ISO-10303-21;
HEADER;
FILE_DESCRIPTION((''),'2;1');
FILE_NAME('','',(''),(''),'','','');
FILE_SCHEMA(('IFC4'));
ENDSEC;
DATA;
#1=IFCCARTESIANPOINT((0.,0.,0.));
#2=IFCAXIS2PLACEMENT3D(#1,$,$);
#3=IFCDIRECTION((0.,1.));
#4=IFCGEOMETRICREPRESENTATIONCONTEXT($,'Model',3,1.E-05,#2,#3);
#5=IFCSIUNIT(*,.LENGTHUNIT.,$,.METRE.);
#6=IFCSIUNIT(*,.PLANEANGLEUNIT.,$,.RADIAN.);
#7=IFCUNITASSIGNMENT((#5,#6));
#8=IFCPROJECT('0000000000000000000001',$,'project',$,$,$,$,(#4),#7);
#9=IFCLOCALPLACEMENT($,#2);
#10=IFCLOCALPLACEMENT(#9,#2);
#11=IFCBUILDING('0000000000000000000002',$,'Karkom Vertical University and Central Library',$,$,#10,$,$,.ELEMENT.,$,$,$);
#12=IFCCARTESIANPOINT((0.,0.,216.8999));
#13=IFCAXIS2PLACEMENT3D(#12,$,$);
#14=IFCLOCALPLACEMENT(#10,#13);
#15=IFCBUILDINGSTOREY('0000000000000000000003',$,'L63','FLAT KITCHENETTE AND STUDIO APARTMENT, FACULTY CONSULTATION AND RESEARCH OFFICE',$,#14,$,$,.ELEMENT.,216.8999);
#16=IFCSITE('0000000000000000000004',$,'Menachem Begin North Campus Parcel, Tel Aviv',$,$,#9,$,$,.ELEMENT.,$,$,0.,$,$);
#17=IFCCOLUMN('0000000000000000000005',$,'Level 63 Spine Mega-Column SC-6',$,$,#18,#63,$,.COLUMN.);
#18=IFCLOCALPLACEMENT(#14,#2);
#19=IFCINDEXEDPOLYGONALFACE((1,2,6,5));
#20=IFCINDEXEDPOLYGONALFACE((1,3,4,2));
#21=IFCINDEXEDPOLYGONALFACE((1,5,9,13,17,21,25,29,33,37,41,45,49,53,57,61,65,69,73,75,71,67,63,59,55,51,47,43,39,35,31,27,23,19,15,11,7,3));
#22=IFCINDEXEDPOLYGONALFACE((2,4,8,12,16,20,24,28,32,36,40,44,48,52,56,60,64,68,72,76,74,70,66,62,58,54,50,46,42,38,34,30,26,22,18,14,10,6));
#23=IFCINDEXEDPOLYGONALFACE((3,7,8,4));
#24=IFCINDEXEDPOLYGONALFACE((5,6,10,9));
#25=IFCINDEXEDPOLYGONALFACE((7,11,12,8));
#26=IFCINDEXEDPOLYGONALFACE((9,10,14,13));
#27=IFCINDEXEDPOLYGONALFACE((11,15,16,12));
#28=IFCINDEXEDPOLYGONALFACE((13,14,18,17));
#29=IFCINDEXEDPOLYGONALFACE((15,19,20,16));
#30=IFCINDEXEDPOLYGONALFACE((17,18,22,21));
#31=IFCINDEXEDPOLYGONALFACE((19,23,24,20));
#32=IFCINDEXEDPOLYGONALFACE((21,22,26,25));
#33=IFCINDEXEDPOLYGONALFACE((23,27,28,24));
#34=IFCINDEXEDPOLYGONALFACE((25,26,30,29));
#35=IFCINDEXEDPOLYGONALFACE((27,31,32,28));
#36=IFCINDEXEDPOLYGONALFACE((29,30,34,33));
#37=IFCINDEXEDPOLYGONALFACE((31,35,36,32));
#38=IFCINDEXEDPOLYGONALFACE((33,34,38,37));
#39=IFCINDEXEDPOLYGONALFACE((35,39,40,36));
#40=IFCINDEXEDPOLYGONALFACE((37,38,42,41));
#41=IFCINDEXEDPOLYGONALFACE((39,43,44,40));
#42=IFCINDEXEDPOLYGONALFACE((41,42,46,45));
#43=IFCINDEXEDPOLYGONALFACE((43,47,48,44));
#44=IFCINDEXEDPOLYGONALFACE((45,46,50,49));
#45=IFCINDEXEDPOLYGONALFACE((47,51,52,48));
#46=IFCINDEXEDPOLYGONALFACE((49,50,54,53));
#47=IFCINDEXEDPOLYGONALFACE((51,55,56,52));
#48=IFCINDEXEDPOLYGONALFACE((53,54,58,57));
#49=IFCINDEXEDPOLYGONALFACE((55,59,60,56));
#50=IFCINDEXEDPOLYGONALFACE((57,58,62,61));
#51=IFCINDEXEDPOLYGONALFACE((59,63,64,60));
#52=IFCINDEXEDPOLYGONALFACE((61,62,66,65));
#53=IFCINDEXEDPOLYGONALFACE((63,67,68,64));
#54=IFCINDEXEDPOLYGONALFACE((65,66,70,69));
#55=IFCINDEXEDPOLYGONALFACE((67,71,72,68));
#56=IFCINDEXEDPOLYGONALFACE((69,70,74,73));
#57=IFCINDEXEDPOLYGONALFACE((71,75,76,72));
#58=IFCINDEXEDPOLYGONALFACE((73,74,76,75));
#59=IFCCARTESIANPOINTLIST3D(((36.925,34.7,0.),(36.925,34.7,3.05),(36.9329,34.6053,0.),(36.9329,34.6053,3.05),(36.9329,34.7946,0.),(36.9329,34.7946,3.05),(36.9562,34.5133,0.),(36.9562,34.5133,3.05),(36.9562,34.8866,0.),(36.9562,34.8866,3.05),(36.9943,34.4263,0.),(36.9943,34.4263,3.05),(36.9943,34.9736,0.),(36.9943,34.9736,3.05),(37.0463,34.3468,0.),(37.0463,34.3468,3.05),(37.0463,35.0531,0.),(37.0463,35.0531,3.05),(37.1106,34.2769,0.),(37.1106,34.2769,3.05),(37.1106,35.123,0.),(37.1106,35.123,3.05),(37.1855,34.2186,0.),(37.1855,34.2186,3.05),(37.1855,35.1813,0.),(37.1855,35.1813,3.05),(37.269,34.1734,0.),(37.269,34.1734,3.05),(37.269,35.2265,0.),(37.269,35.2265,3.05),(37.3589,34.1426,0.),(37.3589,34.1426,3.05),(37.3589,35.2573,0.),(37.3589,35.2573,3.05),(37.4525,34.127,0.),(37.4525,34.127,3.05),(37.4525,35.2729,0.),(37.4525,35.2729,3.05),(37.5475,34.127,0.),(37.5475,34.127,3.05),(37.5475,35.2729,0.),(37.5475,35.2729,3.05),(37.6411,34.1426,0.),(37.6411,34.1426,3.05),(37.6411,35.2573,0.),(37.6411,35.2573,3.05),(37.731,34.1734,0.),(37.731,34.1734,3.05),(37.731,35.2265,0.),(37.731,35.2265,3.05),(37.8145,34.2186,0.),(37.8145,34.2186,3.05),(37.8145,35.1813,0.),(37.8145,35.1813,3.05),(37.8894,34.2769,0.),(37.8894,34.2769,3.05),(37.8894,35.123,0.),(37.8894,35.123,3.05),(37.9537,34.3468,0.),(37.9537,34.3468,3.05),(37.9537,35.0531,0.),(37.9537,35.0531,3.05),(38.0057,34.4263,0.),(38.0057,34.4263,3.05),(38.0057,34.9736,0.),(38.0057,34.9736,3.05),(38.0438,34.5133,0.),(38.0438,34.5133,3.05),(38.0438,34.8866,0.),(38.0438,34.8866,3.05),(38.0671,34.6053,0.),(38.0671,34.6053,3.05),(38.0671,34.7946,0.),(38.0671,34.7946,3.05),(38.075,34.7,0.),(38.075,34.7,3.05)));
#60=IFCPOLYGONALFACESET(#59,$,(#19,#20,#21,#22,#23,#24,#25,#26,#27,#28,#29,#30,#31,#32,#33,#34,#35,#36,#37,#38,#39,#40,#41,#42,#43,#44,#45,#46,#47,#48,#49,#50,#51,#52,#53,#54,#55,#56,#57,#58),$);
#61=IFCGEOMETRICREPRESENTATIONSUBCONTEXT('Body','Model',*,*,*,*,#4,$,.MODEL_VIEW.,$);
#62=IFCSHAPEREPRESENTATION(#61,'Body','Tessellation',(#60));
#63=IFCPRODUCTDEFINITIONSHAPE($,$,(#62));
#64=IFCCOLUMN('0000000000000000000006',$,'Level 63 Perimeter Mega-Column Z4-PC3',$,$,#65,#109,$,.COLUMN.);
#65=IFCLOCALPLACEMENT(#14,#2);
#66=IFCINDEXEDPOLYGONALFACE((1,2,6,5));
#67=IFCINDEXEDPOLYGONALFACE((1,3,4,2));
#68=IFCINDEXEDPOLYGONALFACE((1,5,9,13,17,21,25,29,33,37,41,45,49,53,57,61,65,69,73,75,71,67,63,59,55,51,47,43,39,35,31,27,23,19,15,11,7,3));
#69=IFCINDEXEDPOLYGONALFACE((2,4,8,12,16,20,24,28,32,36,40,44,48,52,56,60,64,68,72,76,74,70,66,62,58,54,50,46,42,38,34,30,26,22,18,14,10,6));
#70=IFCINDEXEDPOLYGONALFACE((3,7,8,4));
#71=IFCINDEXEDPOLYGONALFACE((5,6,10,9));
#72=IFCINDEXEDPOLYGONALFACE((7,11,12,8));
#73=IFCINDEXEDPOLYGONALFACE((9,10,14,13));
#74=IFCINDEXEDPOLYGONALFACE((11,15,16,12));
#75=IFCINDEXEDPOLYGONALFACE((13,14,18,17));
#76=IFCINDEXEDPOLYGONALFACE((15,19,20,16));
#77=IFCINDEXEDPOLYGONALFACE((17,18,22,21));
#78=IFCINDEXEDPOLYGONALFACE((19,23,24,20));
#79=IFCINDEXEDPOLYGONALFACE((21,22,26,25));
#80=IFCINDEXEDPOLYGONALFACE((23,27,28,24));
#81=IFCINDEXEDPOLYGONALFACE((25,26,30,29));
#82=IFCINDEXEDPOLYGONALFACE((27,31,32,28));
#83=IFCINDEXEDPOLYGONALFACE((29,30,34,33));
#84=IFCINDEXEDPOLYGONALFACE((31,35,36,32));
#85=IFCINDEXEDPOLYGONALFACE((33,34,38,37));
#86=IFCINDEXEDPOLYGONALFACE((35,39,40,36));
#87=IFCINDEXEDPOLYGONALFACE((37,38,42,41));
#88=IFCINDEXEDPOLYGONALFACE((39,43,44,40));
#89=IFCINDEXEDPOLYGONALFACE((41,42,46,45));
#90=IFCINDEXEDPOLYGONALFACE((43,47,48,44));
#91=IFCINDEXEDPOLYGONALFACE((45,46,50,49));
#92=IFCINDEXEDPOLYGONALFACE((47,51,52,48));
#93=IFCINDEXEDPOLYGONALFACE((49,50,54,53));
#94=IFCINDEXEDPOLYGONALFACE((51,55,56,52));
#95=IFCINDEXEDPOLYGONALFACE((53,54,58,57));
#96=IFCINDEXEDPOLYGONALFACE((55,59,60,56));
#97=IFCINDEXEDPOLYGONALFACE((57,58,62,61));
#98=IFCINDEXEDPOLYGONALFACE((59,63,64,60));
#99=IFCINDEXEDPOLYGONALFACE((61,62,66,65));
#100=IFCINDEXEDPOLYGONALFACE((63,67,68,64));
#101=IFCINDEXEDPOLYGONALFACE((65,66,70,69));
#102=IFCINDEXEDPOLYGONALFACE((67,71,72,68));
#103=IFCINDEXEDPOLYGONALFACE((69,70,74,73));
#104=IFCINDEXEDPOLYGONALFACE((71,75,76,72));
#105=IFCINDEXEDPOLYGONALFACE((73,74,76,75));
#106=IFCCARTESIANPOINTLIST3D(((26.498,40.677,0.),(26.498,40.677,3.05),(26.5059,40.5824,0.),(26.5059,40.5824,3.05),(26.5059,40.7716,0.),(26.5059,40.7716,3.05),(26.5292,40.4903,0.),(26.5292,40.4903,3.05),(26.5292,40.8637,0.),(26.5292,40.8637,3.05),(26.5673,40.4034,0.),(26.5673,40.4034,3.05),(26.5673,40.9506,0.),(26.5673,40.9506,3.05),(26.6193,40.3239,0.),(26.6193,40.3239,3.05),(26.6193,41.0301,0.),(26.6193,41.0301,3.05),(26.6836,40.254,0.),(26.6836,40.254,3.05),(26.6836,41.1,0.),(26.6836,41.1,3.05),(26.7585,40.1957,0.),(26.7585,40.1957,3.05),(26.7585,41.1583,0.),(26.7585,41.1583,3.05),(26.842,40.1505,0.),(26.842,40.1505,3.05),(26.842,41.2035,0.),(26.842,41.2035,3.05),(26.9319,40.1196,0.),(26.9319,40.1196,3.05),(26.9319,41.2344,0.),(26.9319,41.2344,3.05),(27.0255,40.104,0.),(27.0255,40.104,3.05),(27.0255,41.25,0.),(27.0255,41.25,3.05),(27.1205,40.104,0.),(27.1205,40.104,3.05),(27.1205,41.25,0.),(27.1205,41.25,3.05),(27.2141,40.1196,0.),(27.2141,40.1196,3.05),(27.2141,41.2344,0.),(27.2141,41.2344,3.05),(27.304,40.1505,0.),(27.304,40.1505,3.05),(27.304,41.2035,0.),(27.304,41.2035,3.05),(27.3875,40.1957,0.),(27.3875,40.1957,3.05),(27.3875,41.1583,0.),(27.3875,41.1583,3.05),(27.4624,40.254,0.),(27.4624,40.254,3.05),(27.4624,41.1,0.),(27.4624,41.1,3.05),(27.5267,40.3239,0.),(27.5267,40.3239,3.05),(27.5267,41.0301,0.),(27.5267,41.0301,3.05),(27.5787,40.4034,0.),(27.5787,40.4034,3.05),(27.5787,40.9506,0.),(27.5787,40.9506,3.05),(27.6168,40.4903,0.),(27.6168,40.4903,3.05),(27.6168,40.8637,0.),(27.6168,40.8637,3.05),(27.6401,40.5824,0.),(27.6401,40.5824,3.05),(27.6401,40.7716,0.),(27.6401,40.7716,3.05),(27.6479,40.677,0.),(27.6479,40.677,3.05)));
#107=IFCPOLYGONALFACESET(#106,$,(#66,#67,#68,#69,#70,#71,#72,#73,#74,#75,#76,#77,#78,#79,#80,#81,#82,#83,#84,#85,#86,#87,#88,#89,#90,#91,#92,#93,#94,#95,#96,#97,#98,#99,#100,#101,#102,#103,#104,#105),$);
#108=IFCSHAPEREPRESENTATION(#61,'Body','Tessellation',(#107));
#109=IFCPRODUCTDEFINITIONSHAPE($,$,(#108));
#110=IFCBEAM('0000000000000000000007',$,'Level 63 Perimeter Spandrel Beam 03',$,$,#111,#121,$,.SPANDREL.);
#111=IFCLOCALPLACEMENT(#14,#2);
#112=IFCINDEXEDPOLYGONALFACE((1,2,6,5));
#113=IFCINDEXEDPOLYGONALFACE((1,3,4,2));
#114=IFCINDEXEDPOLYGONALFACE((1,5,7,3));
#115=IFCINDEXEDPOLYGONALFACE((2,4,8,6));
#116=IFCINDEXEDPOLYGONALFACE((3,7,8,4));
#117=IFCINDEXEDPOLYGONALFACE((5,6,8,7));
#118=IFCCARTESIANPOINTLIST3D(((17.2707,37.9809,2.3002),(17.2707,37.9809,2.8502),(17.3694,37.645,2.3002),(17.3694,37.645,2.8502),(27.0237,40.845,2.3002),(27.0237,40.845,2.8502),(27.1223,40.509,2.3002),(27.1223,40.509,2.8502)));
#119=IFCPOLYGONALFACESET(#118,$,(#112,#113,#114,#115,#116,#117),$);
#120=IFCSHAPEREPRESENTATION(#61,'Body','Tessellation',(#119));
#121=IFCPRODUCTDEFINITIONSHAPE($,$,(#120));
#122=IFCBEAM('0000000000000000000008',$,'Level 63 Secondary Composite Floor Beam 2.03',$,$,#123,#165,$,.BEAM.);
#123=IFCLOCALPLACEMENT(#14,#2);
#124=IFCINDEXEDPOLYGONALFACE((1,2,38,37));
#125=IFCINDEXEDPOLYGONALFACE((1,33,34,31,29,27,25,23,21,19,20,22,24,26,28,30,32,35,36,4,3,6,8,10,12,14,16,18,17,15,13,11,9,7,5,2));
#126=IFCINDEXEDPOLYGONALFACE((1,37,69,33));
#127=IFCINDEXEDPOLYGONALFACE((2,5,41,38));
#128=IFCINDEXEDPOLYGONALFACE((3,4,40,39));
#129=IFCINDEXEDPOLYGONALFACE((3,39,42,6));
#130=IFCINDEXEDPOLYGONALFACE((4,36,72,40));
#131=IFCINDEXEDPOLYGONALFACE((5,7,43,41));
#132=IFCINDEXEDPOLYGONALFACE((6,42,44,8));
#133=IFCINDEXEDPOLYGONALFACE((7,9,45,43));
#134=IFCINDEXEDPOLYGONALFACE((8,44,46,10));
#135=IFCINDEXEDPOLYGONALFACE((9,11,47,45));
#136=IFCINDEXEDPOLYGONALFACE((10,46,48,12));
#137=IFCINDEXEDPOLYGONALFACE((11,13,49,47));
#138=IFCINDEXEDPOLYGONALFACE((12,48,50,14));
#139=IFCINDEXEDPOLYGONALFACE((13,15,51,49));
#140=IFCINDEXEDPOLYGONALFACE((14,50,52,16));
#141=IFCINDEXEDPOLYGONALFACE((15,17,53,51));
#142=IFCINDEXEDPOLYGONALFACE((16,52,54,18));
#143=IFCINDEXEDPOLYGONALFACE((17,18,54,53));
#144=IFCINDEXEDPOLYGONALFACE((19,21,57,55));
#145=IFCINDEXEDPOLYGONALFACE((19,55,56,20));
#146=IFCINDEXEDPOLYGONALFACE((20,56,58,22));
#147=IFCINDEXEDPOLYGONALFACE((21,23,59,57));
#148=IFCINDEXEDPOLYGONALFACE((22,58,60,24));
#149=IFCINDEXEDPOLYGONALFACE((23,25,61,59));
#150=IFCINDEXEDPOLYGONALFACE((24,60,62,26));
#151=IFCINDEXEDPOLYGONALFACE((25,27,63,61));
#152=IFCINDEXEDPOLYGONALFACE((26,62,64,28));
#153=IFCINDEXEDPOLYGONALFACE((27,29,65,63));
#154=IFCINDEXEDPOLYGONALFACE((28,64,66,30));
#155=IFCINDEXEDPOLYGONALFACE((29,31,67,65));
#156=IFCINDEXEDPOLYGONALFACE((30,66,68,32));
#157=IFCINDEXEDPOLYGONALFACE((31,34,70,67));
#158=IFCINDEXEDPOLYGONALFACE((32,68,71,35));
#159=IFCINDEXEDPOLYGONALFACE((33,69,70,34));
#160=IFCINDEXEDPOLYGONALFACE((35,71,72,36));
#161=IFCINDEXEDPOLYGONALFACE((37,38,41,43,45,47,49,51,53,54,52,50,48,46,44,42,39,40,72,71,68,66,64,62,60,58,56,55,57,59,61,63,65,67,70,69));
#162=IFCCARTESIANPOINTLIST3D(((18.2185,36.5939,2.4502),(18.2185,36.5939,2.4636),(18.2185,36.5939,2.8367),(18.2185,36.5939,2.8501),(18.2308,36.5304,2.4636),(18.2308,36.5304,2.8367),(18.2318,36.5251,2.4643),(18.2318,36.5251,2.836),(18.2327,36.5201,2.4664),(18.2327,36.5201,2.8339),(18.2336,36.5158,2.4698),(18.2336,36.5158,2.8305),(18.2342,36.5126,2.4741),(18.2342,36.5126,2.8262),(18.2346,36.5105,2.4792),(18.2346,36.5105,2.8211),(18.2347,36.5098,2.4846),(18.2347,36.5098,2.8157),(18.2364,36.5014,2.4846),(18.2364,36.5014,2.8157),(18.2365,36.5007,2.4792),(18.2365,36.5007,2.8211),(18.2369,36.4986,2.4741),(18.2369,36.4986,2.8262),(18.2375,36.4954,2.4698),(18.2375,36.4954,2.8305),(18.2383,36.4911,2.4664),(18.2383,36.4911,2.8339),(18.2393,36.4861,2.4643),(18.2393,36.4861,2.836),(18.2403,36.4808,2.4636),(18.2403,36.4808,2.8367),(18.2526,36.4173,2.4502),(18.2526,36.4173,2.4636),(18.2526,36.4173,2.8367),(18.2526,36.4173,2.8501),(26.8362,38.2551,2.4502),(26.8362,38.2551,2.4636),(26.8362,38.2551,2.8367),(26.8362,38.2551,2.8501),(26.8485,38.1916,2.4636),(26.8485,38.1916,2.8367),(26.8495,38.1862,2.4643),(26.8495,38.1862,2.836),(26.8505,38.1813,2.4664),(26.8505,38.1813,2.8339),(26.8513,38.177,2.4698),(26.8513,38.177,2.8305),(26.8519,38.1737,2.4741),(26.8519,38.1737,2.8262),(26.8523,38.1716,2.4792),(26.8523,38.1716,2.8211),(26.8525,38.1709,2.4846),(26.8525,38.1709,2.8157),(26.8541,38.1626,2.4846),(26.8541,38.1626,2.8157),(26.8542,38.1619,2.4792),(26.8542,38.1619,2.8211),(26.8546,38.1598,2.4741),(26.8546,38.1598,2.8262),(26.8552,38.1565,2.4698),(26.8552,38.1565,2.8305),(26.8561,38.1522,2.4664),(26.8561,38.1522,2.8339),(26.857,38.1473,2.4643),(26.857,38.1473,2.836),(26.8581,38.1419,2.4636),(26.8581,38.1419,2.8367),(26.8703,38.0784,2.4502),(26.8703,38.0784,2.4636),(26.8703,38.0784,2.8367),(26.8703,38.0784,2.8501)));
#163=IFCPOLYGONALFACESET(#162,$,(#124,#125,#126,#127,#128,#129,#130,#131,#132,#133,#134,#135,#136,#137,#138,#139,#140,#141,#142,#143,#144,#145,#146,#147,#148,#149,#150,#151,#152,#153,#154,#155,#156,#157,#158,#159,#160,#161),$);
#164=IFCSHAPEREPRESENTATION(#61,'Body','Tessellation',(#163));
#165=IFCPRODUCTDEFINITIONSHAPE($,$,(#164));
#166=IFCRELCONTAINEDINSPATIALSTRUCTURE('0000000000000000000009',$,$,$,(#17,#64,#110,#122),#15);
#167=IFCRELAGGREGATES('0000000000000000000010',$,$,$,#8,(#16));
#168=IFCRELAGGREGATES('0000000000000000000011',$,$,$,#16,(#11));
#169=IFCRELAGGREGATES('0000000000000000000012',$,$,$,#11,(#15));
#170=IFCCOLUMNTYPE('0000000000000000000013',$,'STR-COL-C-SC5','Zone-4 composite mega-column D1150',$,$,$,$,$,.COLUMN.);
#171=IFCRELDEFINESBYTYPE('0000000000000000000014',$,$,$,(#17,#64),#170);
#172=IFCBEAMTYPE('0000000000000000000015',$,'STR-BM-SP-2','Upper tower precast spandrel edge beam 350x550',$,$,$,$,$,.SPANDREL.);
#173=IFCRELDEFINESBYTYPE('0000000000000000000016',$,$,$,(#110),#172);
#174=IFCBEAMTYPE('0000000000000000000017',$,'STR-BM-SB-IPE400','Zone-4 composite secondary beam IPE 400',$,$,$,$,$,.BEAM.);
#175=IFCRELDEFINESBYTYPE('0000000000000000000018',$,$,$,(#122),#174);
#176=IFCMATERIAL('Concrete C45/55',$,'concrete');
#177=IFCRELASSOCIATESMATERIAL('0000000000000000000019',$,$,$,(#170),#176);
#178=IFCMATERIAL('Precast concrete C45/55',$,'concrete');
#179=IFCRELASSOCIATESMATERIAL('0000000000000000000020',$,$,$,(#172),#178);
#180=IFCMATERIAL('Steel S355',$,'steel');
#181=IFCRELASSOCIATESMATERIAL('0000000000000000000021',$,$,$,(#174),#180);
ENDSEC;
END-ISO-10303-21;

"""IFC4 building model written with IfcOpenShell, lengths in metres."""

from ifc_helpers import new_model, si_unit, direction, frame, origin, origin_with_axes, origin_2d, place, context, subcontext, project, spatial, rectangle, circle, i_section, extrude, source, transform, mapped, material, material_profile, profile_set, type_object, element, save


model = new_model("IFC4")

# Units and contexts
model_context = context("Model", 3, precision=1e-05, world=origin(), true_north=direction((0.0, 1.0)))
body_context = subcontext(model_context, "Body", "Model", "MODEL_VIEW")
ifc_project = project(units=[si_unit("LENGTHUNIT", "METRE"), si_unit("PLANEANGLEUNIT", "RADIAN")], contexts=[model_context])

# Site, building, storey
site_placement = place(None, origin())
site = spatial("IfcSite", under=ifc_project, at=site_placement, Name="Menachem Begin North Campus Parcel, Tel Aviv", CompositionType="ELEMENT", RefElevation=0.0)
building_placement = place(site_placement, origin())
building = spatial("IfcBuilding", under=site, at=building_placement, Name="Karkom Vertical University and Central Library", CompositionType="ELEMENT")
storey_placement = place(building_placement, frame((0.0, 0.0, 216.8999)))
storey = spatial("IfcBuildingStorey", under=building, at=storey_placement, Name="L63", Description="FLAT KITCHENETTE AND STUDIO APARTMENT, FACULTY CONSULTATION AND RESEARCH OFFICE", CompositionType="ELEMENT", Elevation=216.8999)

# Columns
ifc_material_1 = material(Name="Concrete C45/55", Category="concrete")
ifc_material_profile_1 = material_profile(ifc_material_1, circle(Radius=0.575, at=origin_2d()), Name="CFT-D1150")
ifc_profile_set_1 = profile_set([ifc_material_profile_1], Name="Concrete C45/55")
column_type = type_object("IfcColumnType", Name="STR-COL-C-SC5", Description="Zone-4 composite mega-column D1150", PredefinedType="COLUMN", material=ifc_profile_set_1)
shared_shape_1 = source(origin_with_axes(), body_context, "Body", "SweptSolid", [
    extrude(circle(Radius=0.575, at=origin_2d()), origin(), (0.0, 0.0, 1.0), 3.05),
])
for number, where, z_axis, x_axis, name in (
    (1, (37.5, 34.7, 0.0), (0.0, 0.0, 1.0), (1.0, 0.0, 0.0), "Level 63 Spine Mega-Column SC-6"),
    (2, (27.073, 40.677, 0.0), (0.0, 0.0, 1.0), (1.0, 0.0, 0.0), "Level 63 Perimeter Mega-Column Z4-PC3"),
):
    element("IfcColumn", number, at=place(storey_placement, frame(where, z_axis=z_axis, x_axis=x_axis)), inside=storey, type_object=column_type, Name=name, PredefinedType="COLUMN", context=body_context, shape_type="MappedRepresentation", body=[
        mapped(shared_shape_1, transform((0.0, 0.0, 0.0), scale=1.0)),
    ])

# Beams
ifc_material_2 = material(Name="Precast concrete C45/55", Category="concrete")
ifc_material_profile_2 = material_profile(ifc_material_2, rectangle(XDim=0.3501, YDim=0.55, at=origin_2d()), Name="SPB-350x550")
ifc_profile_set_2 = profile_set([ifc_material_profile_2], Name="Precast concrete C45/55")
beam_type_1 = type_object("IfcBeamType", Name="STR-BM-SP-2", Description="Upper tower precast spandrel edge beam 350x550", PredefinedType="SPANDREL", material=ifc_profile_set_2)
shared_shape_2 = source(origin_with_axes(), body_context, "Body", "SweptSolid", [
    extrude(rectangle(XDim=0.3501, YDim=0.55, at=origin_2d()), origin(), (0.0, 0.0, 1.0), 10.1648),
])
beam_1_placement = place(storey_placement, frame((27.073, 40.677, 2.5752), z_axis=(-0.959485, -0.281759, 0.0), x_axis=(0.281759, -0.959485, 0.0)))
element("IfcBeam", 3, at=beam_1_placement, inside=storey, type_object=beam_type_1, Name="Level 63 Perimeter Spandrel Beam 03", PredefinedType="SPANDREL", context=body_context, shape_type="MappedRepresentation", body=[
    mapped(shared_shape_2, transform((0.0, 0.0, 0.0), scale=1.0)),
])
ifc_material_3 = material(Name="Steel S355", Category="steel")
ifc_material_profile_3 = material_profile(ifc_material_3, i_section(OverallWidth=0.1799, OverallDepth=0.3999, WebThickness=0.0085, FlangeThickness=0.0134, FilletRadius=0.021, at=origin_2d()), Name="IPE 400")
ifc_profile_set_3 = profile_set([ifc_material_profile_3], Name="Steel S355")
beam_type_2 = type_object("IfcBeamType", Name="STR-BM-SB-IPE400", Description="Zone-4 composite secondary beam IPE 400", PredefinedType="BEAM", material=ifc_profile_set_3)
shared_shape_3 = source(origin_with_axes(), body_context, "Body", "SweptSolid", [
    extrude(i_section(OverallWidth=0.1799, OverallDepth=0.3999, WebThickness=0.0085, FlangeThickness=0.0134, FilletRadius=0.021, at=origin_2d()), origin(), (0.0, 0.0, 1.0), 8.7764),
])
beam_2_placement = place(storey_placement, frame((26.8533, 38.1667, 2.6501), z_axis=(-0.981924, -0.189275, 0.0), x_axis=(0.189275, -0.981924, 0.0)))
element("IfcBeam", 4, at=beam_2_placement, inside=storey, type_object=beam_type_2, Name="Level 63 Secondary Composite Floor Beam 2.03", PredefinedType="BEAM", context=body_context, shape_type="MappedRepresentation", body=[
    mapped(shared_shape_3, transform((0.0, 0.0, 0.0), scale=1.0)),
])

save(model, "model.ifc")
